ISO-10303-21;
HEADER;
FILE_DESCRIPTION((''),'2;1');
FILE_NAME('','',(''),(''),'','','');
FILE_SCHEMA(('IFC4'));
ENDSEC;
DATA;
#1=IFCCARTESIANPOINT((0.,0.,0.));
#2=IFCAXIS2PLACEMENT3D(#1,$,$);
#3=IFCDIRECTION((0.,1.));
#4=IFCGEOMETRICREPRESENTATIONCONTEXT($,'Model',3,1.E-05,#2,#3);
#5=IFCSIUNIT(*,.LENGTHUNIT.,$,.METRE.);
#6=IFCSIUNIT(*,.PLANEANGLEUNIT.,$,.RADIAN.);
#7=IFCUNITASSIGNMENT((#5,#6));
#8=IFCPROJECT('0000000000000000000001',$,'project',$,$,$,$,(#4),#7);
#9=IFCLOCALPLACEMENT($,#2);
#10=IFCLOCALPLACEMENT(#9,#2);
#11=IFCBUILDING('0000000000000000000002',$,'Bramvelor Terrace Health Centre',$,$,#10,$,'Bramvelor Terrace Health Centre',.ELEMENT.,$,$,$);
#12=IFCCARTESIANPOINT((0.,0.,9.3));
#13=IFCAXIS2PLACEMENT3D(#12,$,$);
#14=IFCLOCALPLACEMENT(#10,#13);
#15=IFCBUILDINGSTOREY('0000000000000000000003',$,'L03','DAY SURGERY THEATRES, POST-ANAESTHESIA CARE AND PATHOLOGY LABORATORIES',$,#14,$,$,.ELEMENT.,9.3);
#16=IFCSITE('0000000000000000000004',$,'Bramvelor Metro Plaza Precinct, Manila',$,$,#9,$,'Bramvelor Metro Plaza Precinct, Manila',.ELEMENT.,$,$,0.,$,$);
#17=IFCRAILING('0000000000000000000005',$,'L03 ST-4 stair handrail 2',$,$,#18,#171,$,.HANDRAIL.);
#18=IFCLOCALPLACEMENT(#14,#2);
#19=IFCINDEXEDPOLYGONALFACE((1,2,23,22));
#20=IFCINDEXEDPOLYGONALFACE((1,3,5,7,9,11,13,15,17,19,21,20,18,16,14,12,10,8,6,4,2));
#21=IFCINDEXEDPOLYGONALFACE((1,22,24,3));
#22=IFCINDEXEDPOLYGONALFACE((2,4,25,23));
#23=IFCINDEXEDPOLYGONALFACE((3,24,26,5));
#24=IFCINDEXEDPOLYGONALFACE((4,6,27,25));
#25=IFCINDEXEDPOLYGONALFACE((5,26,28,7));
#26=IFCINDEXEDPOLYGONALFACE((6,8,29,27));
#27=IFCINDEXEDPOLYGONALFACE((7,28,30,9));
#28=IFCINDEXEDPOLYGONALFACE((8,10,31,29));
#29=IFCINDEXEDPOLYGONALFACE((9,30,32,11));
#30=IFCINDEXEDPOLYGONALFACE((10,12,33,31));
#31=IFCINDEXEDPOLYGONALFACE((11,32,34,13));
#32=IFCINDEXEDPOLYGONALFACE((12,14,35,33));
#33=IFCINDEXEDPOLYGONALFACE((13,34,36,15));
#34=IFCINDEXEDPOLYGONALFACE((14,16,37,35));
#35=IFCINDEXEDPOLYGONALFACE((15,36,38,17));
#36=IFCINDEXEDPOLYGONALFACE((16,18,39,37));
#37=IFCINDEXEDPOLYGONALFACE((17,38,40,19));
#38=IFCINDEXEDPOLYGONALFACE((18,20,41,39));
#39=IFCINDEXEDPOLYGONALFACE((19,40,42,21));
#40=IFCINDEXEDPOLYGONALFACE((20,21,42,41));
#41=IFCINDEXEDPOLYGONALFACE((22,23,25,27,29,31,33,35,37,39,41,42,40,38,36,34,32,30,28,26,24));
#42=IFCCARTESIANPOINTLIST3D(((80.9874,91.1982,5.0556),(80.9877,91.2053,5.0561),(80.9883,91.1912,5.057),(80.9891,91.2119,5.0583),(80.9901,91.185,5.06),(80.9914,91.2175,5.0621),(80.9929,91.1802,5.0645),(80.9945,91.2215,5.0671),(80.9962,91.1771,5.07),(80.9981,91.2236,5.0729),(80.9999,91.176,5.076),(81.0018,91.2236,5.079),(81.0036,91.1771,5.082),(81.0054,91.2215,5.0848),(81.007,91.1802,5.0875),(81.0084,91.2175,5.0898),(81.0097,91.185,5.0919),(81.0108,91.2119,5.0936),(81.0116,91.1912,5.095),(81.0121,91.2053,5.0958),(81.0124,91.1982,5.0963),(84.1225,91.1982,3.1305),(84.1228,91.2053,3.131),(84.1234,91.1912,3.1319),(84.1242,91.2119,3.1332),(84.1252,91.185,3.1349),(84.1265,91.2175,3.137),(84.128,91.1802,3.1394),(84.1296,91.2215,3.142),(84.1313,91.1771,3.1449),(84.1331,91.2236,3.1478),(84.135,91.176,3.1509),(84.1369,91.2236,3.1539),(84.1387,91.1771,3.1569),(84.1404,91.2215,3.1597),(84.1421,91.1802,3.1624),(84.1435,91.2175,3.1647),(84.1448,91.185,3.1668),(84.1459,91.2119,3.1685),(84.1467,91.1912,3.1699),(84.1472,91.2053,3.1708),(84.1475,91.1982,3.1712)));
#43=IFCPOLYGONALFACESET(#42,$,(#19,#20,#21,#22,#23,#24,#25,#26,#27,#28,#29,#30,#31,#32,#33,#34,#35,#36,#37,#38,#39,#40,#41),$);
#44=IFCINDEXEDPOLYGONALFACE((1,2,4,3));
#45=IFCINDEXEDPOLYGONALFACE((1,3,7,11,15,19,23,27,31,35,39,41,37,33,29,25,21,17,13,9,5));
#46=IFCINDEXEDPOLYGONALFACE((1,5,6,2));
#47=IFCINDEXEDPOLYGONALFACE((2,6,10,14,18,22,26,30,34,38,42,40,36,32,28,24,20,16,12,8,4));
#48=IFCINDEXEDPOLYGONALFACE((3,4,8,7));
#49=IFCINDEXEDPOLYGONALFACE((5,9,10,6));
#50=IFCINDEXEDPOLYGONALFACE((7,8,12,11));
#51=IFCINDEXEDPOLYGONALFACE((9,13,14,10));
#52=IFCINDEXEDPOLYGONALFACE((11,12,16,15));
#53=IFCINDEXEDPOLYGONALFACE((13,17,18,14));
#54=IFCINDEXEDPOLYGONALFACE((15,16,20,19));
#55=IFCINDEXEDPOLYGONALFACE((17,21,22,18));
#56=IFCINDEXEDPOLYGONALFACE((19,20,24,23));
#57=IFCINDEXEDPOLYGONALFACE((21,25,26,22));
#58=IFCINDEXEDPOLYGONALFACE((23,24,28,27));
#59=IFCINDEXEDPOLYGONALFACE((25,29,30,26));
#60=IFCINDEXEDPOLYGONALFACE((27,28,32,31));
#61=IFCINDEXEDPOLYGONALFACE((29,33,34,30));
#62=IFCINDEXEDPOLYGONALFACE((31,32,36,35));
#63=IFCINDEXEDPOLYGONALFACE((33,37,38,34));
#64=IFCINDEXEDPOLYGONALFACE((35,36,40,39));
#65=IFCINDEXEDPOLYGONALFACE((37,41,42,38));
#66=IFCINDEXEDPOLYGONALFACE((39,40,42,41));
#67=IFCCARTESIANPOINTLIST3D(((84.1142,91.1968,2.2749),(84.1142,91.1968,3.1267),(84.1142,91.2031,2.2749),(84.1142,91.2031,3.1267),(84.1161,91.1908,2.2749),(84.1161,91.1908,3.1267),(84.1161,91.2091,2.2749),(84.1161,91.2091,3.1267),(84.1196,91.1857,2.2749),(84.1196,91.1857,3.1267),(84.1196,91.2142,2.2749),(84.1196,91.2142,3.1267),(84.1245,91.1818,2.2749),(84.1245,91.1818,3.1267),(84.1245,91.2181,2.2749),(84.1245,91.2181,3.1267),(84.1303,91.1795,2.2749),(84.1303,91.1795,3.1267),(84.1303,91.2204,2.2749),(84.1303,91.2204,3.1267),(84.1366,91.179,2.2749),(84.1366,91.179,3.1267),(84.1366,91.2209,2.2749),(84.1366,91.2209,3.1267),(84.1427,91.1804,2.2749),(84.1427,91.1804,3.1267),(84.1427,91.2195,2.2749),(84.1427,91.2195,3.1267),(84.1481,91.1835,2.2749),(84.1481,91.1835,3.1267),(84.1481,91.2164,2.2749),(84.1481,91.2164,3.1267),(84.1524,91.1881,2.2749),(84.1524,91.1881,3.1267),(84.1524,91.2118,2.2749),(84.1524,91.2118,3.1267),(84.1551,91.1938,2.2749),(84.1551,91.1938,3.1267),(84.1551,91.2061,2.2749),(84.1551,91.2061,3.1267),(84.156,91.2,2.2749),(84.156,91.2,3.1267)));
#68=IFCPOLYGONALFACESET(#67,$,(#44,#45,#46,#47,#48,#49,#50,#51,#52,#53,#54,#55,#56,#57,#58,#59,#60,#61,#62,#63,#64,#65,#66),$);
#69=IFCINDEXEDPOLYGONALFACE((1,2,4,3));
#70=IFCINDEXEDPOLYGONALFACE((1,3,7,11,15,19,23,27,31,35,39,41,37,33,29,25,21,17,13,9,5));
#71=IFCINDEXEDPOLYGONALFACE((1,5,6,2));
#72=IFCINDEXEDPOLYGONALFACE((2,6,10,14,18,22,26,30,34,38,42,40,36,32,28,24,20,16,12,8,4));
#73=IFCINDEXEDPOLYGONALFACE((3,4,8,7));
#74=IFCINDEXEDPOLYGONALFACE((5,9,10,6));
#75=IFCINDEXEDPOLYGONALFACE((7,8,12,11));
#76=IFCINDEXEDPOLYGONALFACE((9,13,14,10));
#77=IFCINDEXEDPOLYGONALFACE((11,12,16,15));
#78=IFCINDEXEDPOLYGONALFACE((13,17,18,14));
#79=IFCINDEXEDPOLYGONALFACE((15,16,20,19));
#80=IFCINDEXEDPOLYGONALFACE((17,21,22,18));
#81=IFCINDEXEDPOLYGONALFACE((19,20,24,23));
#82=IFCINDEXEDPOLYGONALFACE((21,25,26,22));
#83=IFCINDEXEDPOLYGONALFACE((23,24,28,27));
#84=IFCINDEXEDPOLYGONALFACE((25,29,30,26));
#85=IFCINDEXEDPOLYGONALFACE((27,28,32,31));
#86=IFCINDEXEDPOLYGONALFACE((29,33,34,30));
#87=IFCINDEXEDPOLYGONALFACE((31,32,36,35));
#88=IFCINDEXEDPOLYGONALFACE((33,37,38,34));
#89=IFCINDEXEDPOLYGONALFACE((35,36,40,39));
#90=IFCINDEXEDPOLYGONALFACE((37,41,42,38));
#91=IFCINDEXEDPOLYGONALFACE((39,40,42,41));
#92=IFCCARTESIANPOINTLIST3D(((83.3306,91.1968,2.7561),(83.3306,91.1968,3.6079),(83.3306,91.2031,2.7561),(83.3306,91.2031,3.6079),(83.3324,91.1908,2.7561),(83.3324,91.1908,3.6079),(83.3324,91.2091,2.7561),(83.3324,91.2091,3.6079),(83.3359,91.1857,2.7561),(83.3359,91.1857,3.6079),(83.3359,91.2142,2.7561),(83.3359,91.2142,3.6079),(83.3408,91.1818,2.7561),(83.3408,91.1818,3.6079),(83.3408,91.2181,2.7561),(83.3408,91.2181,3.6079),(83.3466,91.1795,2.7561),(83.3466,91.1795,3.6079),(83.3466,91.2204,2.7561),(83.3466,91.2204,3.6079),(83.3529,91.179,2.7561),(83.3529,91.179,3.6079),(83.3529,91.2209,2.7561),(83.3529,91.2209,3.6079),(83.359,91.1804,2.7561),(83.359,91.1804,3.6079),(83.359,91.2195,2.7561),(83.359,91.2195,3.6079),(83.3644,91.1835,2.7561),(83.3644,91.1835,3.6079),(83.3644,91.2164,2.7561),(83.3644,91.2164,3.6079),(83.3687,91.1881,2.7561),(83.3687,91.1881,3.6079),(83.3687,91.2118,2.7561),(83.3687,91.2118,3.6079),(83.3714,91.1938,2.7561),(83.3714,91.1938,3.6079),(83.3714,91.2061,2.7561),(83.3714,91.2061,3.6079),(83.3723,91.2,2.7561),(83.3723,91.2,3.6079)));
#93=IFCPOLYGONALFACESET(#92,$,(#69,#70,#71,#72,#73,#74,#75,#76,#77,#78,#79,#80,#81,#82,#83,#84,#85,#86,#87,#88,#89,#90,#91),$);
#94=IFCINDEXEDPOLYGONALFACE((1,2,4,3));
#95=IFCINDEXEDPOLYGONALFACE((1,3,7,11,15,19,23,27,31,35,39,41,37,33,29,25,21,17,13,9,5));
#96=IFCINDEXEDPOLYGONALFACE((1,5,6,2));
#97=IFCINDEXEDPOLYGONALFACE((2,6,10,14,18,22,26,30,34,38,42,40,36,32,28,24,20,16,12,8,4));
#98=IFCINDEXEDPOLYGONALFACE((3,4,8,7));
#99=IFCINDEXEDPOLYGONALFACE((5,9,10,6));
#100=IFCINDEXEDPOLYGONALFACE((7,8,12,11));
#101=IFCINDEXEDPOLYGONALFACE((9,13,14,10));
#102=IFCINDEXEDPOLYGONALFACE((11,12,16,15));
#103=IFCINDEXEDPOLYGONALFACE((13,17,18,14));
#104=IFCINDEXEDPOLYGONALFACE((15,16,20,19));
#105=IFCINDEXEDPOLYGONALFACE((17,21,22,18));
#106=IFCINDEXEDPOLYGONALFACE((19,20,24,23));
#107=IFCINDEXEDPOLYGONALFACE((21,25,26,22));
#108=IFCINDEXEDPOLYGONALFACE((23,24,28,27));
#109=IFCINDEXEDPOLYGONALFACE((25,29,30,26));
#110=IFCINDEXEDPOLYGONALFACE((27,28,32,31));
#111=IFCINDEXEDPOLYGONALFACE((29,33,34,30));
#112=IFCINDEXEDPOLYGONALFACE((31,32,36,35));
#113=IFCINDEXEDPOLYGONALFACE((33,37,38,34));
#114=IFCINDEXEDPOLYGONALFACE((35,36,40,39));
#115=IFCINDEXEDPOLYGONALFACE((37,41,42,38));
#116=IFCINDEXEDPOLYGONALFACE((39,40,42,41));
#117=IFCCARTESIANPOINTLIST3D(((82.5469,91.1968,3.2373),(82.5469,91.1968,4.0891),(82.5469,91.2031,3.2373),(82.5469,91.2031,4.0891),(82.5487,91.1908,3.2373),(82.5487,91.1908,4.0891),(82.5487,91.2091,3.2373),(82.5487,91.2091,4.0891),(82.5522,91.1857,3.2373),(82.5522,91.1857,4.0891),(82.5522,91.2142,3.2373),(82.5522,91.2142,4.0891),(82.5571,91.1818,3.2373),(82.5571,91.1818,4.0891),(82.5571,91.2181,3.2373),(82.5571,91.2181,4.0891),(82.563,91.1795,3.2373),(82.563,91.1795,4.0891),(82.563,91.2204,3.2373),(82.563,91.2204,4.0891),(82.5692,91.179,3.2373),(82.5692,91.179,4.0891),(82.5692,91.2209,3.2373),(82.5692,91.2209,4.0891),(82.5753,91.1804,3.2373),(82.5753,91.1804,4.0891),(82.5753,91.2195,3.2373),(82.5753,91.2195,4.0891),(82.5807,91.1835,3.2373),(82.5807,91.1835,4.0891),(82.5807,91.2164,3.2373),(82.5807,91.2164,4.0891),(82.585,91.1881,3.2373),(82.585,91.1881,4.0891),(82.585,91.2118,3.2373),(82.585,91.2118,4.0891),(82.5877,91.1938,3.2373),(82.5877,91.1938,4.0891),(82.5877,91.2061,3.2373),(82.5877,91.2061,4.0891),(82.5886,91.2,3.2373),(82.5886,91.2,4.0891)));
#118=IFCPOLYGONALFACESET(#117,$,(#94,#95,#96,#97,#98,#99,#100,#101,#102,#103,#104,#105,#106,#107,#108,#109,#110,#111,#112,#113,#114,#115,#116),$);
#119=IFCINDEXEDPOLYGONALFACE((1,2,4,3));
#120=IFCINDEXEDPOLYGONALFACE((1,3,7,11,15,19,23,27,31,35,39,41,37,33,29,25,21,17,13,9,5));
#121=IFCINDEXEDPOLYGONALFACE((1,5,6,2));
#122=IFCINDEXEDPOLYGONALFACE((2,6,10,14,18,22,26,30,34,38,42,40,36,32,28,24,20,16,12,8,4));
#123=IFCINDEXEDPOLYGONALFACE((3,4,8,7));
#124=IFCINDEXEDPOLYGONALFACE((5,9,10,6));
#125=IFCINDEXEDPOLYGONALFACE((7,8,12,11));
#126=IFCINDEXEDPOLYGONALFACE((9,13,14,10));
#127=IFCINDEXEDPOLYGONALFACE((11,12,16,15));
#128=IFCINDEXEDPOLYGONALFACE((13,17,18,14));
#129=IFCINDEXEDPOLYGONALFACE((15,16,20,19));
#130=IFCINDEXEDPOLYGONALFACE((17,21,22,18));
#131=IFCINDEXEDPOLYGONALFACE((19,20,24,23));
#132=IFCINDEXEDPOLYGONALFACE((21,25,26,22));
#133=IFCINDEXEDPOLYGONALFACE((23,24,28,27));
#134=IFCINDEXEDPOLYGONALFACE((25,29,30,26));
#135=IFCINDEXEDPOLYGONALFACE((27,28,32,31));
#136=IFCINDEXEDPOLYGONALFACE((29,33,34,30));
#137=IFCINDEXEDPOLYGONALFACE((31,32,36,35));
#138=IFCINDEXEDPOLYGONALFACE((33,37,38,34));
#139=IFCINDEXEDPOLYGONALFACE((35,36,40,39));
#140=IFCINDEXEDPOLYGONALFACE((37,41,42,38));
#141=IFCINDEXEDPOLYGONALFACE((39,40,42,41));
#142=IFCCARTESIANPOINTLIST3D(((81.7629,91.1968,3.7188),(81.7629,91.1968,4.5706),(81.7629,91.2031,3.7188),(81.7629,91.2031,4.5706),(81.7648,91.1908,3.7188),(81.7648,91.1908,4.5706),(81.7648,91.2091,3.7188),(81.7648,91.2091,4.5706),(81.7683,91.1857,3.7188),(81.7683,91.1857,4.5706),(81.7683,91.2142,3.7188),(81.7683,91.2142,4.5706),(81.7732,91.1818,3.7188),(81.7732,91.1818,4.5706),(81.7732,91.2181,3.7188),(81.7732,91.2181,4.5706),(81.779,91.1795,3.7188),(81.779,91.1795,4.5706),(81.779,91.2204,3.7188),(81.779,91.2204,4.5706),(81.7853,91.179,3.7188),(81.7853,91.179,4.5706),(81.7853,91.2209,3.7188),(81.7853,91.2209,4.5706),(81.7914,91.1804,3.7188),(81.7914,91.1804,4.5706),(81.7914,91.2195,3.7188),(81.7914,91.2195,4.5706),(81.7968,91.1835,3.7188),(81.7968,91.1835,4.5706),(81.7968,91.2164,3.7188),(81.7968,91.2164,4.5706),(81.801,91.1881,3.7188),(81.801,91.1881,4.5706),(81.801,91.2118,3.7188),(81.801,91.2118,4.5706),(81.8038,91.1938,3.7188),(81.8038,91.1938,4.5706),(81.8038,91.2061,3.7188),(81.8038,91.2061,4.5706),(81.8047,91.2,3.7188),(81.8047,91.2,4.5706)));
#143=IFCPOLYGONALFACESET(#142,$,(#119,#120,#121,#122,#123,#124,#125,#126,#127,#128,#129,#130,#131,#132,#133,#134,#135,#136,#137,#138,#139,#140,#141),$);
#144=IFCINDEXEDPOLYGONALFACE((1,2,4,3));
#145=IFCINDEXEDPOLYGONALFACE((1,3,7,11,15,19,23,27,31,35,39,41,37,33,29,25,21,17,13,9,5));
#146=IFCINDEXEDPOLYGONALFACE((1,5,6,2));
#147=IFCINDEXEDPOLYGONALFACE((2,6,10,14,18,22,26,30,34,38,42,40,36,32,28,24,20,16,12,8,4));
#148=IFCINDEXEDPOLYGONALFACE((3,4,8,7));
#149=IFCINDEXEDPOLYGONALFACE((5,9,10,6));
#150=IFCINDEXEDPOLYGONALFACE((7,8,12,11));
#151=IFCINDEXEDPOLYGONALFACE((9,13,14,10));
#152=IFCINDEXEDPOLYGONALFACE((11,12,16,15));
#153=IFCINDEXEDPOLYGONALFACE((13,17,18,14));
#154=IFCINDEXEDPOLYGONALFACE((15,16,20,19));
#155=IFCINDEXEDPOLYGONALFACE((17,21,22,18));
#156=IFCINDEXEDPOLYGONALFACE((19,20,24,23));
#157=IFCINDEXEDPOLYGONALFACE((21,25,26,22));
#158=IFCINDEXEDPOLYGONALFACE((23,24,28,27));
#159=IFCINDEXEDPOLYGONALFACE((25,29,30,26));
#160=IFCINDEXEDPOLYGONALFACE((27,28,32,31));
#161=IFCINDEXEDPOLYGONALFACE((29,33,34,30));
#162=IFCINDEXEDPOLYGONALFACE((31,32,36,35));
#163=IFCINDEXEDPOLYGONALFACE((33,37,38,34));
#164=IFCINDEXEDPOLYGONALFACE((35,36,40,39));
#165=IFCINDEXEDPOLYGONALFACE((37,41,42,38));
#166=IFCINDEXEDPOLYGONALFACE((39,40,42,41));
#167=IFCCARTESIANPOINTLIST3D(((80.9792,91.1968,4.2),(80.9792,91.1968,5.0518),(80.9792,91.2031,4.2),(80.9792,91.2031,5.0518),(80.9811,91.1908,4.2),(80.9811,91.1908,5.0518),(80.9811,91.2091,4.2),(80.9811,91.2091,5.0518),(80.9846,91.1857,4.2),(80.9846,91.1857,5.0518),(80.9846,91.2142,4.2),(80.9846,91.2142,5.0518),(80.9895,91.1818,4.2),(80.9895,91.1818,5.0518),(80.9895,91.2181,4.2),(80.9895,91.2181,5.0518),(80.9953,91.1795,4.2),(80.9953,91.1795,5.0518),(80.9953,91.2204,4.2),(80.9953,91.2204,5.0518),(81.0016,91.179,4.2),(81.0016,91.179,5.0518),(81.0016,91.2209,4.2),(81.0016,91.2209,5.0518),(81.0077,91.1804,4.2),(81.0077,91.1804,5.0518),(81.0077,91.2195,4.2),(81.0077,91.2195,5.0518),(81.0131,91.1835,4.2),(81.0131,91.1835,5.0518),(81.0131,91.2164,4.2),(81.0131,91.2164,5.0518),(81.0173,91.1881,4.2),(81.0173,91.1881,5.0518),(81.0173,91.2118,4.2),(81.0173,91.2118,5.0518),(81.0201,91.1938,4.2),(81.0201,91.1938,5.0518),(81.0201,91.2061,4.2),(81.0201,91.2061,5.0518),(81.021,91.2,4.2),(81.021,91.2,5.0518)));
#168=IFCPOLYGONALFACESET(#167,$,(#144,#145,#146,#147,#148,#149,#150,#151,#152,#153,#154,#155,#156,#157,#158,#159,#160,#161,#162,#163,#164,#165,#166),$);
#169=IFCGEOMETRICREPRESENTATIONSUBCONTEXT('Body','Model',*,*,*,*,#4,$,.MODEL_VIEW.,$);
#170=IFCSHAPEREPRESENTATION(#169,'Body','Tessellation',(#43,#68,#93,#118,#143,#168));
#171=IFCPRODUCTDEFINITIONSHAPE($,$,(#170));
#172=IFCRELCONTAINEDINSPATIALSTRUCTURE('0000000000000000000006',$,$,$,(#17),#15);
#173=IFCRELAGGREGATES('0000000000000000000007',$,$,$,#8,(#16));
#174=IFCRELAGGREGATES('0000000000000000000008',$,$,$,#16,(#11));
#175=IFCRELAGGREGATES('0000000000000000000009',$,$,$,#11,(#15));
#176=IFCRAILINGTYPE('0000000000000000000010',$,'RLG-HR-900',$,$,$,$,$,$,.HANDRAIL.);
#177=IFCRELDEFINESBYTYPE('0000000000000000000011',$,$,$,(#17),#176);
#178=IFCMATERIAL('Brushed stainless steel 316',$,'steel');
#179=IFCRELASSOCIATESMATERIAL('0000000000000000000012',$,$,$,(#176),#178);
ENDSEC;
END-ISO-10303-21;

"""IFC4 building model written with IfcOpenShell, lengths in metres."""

from ifc_helpers import new_model, si_unit, direction, frame, origin, origin_2d, place, context, subcontext, project, spatial, circle, extrude, material, type_object, element, save


model = new_model("IFC4")

# Units and contexts
model_context = context("Model", 3, precision=1e-05, world=origin(), true_north=direction((0.0, 1.0)))
body_context = subcontext(model_context, "Body", "Model", "MODEL_VIEW")
ifc_project = project(units=[si_unit("LENGTHUNIT", "METRE"), si_unit("PLANEANGLEUNIT", "RADIAN")], contexts=[model_context])

# Site, building, storey
site_placement = place(None, origin())
site = spatial("IfcSite", under=ifc_project, at=site_placement, Name="Bramvelor Metro Plaza Precinct, Manila", LongName="Bramvelor Metro Plaza Precinct, Manila", CompositionType="ELEMENT", RefElevation=0.0)
building_placement = place(site_placement, origin())
building = spatial("IfcBuilding", under=site, at=building_placement, Name="Bramvelor Terrace Health Centre", LongName="Bramvelor Terrace Health Centre", CompositionType="ELEMENT")
storey_placement = place(building_placement, frame((0.0, 0.0, 9.3)))
storey = spatial("IfcBuildingStorey", under=building, at=storey_placement, Name="L03", Description="DAY SURGERY THEATRES, POST-ANAESTHESIA CARE AND PATHOLOGY LABORATORIES", CompositionType="ELEMENT", Elevation=9.3)

# Railing
ifc_material_1 = material(Name="Brushed stainless steel 316", Category="steel")
railing_type_1 = type_object("IfcRailingType", Name="RLG-HR-900", PredefinedType="HANDRAIL", material=ifc_material_1)
railing_1_placement = place(storey_placement, frame((84.135, 91.2, 2.2749)))
element("IfcRailing", 1, at=railing_1_placement, inside=storey, type_object=railing_type_1, Name="L03 ST-4 stair handrail 2", PredefinedType="HANDRAIL", context=body_context, shape_type="SweptSolid", body=[
    extrude(circle(Radius=0.0239, at=origin_2d()), frame((0.0, 0.0, 0.876), z_axis=(-0.852166, 0.0, 0.523271), x_axis=(0.0, -1.0, 0.0)), (0.0, 0.0, 1.0), 3.679),
    extrude(circle(Radius=0.021, at=origin_2d()), origin(), (0.0, 0.0, 1.0), 0.8518),
    extrude(circle(Radius=0.021, at=origin_2d()), frame((-0.7837, 0.0, 0.4812)), (0.0, 0.0, 1.0), 0.8518),
    extrude(circle(Radius=0.021, at=origin_2d()), frame((-1.5674, 0.0, 0.9624)), (0.0, 0.0, 1.0), 0.8518),
    extrude(circle(Radius=0.021, at=origin_2d()), frame((-2.3513, 0.0, 1.4438)), (0.0, 0.0, 1.0), 0.8518),
    extrude(circle(Radius=0.021, at=origin_2d()), frame((-3.135, 0.0, 1.925)), (0.0, 0.0, 1.0), 0.8518),
])

save(model, "model.ifc")
